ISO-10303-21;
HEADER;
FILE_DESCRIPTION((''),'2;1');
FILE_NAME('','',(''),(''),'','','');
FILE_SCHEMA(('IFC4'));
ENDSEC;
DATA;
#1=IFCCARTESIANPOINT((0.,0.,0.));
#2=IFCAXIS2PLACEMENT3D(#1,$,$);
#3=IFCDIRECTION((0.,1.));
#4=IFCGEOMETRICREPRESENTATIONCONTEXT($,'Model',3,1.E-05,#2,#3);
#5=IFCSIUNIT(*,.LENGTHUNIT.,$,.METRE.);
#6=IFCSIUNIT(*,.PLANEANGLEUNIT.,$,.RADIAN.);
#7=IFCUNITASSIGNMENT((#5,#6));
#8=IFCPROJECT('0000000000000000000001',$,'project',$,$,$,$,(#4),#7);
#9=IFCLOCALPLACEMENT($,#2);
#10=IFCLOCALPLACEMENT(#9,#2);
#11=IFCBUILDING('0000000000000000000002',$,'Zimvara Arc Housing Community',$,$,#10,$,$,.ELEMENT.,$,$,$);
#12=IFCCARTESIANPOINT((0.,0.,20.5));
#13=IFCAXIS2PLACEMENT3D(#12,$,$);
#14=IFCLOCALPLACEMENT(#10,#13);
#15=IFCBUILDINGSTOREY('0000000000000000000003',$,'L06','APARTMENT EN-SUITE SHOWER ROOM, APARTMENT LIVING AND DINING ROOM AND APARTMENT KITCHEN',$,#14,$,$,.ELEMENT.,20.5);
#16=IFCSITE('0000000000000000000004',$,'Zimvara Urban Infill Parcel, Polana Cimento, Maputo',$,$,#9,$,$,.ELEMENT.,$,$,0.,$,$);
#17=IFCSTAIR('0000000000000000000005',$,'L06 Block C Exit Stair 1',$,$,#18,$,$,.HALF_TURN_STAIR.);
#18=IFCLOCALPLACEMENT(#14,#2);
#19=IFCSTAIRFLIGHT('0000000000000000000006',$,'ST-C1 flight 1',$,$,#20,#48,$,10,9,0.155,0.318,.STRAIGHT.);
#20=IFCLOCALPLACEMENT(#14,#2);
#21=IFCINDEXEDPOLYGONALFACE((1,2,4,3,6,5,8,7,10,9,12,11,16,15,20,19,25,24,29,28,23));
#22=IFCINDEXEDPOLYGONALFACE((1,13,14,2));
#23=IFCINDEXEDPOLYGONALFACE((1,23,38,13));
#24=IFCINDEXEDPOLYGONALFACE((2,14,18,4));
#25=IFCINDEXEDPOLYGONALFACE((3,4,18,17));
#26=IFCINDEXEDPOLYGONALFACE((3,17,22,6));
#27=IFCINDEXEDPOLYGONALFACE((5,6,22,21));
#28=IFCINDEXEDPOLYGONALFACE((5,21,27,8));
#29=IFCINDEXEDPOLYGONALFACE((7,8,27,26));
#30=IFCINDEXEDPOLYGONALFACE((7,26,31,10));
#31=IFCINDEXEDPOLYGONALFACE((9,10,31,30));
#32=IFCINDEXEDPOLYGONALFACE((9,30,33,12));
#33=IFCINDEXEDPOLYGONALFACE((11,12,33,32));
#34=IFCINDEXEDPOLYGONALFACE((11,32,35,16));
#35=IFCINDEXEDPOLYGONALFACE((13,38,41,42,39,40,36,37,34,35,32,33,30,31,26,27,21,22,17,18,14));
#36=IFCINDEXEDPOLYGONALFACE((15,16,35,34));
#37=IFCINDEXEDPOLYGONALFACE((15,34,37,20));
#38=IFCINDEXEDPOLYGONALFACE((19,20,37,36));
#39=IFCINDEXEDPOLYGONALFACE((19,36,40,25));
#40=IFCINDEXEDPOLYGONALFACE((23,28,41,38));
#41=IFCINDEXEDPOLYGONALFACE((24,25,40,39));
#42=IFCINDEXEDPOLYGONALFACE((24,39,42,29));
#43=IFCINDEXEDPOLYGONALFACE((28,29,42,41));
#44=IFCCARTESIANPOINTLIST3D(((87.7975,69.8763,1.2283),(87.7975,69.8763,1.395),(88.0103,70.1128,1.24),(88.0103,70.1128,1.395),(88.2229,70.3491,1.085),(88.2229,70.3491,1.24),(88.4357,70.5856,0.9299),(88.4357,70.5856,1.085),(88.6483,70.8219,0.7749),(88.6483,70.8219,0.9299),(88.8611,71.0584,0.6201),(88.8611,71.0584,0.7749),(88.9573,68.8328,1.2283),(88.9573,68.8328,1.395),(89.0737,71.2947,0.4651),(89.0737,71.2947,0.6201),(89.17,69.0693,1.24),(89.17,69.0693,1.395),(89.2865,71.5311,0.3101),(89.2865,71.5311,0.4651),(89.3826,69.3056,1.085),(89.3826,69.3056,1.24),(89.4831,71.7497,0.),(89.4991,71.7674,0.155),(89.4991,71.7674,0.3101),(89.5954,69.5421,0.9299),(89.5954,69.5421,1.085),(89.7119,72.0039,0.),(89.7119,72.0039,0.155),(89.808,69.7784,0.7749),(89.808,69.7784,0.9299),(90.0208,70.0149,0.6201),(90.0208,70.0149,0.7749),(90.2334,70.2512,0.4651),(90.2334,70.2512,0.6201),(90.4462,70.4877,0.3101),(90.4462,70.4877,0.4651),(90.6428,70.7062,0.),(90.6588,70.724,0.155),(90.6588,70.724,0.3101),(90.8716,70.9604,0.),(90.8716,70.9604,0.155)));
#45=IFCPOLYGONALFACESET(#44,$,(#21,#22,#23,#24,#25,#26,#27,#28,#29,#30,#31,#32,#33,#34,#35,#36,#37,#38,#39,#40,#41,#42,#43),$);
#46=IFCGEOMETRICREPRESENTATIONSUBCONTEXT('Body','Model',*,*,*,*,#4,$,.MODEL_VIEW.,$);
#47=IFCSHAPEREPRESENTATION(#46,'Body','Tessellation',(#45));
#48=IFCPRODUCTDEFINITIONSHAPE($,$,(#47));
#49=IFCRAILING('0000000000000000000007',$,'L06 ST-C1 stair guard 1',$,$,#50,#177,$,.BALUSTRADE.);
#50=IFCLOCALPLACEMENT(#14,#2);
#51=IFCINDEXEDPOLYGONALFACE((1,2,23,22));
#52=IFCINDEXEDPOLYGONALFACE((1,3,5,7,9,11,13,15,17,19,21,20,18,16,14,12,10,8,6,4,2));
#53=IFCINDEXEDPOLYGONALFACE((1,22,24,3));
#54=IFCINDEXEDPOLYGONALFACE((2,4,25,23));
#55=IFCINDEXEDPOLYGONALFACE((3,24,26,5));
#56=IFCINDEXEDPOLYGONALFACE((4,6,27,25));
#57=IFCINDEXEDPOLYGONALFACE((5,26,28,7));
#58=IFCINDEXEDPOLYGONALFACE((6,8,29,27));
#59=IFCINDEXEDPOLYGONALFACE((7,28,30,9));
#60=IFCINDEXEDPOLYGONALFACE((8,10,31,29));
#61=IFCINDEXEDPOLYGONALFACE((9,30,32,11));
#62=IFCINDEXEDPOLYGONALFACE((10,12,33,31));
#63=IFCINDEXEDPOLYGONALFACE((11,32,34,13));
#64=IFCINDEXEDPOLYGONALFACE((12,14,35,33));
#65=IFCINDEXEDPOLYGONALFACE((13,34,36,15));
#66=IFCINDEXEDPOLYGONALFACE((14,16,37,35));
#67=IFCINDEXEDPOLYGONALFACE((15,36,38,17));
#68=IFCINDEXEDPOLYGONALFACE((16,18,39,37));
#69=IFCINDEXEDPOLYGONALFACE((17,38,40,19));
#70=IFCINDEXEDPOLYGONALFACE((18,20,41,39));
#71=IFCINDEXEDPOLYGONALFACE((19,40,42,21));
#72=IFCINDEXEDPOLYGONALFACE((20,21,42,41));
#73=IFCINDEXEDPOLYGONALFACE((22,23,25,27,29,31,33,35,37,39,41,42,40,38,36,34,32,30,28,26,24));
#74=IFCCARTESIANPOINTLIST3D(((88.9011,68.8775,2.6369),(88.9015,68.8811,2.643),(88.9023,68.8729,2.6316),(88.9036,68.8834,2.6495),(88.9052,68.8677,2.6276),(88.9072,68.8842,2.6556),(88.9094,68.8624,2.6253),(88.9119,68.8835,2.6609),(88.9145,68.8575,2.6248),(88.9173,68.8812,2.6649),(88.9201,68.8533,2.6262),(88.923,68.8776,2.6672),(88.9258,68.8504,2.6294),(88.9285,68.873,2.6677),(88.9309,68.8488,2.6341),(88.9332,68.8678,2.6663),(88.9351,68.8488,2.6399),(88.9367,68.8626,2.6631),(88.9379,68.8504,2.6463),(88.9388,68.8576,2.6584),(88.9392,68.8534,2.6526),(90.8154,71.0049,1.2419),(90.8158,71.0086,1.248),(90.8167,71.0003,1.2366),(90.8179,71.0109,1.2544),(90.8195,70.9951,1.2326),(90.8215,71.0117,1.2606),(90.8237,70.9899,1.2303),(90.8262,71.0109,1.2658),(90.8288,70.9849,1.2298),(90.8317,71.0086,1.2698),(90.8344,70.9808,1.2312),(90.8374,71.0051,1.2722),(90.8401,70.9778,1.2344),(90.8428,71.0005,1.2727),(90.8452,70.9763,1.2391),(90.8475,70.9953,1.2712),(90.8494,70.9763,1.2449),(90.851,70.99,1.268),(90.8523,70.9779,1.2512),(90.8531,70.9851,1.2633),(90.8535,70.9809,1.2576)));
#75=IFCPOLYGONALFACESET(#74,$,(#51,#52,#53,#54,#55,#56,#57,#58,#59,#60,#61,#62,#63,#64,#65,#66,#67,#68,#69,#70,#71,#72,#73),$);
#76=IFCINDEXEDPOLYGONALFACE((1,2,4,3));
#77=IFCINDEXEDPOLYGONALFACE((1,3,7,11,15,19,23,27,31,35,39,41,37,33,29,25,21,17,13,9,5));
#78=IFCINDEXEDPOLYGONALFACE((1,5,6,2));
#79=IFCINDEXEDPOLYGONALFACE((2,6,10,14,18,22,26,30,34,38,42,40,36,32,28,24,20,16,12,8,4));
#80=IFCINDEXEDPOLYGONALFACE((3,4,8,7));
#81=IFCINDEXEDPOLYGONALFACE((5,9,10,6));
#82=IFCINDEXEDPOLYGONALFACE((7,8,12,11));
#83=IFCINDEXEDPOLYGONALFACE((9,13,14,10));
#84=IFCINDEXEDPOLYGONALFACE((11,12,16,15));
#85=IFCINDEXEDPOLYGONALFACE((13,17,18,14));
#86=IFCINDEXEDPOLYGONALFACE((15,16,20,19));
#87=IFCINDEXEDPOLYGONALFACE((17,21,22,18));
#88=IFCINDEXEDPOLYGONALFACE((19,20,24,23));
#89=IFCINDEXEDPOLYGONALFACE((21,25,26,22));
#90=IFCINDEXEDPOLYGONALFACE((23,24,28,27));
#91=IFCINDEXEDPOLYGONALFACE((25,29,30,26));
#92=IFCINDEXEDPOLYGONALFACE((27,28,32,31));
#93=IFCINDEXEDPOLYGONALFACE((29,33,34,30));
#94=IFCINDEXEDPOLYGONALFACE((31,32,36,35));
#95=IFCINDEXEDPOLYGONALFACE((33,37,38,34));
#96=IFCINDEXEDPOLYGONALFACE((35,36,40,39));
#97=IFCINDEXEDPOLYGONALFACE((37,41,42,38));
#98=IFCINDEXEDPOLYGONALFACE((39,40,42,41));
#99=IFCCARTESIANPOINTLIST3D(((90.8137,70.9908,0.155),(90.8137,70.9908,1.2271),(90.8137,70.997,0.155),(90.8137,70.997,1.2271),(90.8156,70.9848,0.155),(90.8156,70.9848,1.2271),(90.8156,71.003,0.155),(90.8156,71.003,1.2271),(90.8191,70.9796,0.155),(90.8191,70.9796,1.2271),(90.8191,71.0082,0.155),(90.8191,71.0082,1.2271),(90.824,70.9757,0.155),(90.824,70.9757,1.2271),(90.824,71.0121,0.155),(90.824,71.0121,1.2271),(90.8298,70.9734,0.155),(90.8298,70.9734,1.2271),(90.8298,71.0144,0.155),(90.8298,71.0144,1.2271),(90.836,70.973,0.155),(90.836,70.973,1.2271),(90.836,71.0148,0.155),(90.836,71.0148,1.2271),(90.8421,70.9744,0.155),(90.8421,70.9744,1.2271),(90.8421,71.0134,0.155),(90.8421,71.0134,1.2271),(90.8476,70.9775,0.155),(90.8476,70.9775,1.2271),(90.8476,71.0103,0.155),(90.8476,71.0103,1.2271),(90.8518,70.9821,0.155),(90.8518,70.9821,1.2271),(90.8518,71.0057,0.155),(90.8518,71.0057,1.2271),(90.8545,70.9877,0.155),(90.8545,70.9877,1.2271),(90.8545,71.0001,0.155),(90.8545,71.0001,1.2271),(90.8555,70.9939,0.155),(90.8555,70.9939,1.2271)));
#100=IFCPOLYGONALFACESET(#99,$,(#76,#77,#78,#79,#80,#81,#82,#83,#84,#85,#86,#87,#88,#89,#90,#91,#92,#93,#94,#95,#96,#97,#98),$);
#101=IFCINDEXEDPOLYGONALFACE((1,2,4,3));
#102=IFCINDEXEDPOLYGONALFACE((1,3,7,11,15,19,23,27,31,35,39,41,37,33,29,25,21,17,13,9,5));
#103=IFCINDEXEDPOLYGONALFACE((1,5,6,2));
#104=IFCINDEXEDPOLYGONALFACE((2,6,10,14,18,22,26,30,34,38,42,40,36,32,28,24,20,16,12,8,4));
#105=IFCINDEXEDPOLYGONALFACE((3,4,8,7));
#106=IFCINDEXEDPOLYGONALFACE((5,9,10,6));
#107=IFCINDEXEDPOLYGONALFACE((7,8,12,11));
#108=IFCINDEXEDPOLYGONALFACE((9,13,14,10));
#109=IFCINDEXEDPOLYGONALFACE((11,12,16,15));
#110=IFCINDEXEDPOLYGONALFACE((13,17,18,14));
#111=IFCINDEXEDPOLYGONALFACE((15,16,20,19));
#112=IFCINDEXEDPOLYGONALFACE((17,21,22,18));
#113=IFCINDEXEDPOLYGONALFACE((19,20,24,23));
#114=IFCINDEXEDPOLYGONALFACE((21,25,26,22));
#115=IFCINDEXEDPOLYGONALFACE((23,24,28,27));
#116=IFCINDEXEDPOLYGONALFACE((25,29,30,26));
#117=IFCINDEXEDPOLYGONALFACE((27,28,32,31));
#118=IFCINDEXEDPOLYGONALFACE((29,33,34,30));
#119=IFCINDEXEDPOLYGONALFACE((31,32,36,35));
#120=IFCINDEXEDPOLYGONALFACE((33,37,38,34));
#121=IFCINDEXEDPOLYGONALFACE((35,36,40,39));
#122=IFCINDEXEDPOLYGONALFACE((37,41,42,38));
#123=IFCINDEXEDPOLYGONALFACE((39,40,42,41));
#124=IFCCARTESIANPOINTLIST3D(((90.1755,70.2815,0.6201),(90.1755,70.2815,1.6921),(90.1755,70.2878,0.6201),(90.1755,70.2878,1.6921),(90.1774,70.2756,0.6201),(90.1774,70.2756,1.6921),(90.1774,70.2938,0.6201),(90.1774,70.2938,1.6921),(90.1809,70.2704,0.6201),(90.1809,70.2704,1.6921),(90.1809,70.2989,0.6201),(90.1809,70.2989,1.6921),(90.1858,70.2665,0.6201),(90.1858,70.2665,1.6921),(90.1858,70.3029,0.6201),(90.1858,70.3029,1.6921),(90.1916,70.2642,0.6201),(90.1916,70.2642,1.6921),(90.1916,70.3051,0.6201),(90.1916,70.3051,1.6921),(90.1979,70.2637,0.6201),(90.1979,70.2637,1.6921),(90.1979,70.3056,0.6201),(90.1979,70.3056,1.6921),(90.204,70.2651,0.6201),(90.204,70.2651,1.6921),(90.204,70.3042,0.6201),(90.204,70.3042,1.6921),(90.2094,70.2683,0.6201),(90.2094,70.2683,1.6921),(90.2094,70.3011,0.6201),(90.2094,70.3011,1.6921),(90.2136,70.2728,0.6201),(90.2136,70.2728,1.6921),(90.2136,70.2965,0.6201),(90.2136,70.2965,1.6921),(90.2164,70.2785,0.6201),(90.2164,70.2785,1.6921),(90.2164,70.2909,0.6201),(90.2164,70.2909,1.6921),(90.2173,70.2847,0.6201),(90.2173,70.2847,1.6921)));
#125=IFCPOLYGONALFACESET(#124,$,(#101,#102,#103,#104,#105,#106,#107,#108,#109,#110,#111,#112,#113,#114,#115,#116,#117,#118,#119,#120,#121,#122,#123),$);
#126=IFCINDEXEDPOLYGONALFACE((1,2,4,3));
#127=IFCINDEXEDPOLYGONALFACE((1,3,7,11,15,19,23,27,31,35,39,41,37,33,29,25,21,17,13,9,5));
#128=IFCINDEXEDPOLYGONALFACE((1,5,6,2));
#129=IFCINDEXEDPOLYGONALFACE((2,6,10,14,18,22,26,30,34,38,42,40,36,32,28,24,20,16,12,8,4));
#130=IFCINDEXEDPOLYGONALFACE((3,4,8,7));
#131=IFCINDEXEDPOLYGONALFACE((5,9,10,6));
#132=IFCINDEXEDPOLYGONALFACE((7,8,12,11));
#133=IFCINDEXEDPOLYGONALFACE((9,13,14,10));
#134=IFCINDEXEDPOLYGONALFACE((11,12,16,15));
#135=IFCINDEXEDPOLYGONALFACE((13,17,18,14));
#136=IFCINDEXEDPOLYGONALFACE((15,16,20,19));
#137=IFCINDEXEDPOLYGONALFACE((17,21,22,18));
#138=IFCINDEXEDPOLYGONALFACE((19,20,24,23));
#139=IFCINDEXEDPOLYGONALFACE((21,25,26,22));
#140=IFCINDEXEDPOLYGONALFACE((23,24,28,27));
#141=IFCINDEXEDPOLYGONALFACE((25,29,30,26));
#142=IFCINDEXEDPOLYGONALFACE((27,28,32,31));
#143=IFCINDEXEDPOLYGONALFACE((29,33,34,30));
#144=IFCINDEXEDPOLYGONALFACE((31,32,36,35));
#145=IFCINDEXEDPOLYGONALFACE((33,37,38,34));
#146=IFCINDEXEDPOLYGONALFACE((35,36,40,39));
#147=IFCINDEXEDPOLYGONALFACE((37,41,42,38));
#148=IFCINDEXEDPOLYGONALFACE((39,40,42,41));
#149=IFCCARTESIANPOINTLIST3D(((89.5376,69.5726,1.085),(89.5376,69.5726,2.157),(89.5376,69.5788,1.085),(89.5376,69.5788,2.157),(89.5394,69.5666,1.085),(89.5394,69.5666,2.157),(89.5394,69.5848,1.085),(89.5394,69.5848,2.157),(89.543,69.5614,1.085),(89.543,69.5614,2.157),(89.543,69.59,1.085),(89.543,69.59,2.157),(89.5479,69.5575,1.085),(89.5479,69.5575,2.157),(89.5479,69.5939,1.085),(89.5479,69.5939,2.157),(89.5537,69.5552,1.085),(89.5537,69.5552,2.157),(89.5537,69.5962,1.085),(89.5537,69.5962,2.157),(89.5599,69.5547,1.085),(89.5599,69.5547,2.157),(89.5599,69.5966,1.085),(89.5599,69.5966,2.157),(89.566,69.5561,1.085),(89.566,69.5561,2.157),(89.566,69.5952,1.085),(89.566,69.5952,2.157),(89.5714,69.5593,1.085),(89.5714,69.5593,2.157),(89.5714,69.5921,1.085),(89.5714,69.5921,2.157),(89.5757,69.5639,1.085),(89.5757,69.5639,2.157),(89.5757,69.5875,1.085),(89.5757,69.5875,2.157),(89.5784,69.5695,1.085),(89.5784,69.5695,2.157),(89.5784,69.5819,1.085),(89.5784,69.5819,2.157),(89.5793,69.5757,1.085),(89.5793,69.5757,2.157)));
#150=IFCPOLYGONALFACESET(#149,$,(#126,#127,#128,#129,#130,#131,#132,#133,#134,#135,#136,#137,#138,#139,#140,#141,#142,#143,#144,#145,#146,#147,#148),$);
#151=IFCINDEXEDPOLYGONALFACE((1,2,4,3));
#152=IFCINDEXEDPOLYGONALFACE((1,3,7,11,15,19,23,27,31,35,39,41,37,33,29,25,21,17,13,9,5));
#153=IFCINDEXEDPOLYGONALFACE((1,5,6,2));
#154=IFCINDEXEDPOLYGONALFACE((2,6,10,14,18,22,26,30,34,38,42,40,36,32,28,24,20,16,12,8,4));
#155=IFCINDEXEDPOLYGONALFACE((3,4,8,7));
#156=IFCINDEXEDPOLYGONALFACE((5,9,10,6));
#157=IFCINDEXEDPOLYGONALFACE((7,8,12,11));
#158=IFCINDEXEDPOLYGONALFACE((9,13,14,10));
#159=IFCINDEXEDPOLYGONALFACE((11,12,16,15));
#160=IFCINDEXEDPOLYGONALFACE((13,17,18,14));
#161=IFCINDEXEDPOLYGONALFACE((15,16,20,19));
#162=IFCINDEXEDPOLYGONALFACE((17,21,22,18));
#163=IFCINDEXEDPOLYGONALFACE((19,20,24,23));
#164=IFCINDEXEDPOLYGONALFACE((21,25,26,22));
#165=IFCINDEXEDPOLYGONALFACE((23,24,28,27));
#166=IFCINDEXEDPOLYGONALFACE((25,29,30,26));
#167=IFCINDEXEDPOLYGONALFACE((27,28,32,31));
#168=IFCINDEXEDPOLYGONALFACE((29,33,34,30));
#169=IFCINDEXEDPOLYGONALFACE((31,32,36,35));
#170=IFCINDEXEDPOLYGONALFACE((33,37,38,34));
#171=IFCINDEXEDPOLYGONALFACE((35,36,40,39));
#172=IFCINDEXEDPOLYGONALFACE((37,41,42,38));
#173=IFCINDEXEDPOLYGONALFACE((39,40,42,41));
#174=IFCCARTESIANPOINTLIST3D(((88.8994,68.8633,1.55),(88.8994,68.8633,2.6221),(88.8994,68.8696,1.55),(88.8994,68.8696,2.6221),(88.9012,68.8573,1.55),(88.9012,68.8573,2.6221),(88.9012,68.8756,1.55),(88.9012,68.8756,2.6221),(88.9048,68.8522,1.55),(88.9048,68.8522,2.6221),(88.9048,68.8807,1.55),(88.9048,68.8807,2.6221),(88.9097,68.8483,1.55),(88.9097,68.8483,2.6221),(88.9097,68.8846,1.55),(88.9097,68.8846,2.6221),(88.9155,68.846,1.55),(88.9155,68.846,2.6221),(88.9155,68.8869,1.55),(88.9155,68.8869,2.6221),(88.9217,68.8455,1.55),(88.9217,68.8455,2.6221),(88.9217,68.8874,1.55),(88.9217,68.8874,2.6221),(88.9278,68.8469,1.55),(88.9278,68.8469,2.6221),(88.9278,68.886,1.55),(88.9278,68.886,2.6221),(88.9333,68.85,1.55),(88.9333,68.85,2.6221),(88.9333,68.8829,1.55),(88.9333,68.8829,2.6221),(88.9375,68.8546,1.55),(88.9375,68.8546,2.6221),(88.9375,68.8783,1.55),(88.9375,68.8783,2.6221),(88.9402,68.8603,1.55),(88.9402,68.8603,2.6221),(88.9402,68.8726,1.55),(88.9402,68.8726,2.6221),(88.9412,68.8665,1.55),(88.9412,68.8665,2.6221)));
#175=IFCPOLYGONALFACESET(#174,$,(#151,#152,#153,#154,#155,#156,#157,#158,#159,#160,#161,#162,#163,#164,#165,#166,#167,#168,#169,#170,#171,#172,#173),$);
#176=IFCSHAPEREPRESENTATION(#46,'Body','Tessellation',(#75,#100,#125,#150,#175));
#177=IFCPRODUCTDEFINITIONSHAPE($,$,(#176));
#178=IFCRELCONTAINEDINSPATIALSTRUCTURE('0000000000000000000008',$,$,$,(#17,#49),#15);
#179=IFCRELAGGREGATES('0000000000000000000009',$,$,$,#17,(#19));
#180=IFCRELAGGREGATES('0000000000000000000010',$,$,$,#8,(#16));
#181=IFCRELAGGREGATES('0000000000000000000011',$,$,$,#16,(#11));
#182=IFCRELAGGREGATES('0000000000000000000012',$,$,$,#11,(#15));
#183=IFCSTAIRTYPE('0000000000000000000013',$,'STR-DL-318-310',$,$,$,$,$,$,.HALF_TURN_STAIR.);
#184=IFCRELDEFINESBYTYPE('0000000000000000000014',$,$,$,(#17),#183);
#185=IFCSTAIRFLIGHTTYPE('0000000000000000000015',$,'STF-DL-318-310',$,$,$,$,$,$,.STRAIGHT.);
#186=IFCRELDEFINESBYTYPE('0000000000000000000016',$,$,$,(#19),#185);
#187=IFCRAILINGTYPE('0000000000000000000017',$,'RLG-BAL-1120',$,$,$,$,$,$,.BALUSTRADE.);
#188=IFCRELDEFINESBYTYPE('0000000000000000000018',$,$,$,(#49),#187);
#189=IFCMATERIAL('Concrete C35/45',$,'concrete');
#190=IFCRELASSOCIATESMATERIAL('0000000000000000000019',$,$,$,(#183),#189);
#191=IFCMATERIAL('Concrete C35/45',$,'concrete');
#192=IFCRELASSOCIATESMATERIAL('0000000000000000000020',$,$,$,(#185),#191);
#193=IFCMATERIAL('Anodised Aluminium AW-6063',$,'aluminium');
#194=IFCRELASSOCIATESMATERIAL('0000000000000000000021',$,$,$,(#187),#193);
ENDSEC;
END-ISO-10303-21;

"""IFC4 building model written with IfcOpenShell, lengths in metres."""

from ifc_helpers import new_model, si_unit, direction, frame, origin, origin_2d, place, context, subcontext, project, spatial, polyline, circle, outline, extrude, material, type_object, element, aggregate, save


model = new_model("IFC4")

# Units and contexts
model_context = context("Model", 3, precision=1e-05, world=origin(), true_north=direction((0.0, 1.0)))
body_context = subcontext(model_context, "Body", "Model", "MODEL_VIEW")
ifc_project = project(units=[si_unit("LENGTHUNIT", "METRE"), si_unit("PLANEANGLEUNIT", "RADIAN")], contexts=[model_context])

# Site, building, storey
site_placement = place(None, origin())
site = spatial("IfcSite", under=ifc_project, at=site_placement, Name="Zimvara Urban Infill Parcel, Polana Cimento, Maputo", CompositionType="ELEMENT", RefElevation=0.0)
building_placement = place(site_placement, origin())
building = spatial("IfcBuilding", under=site, at=building_placement, Name="Zimvara Arc Housing Community", CompositionType="ELEMENT")
storey_placement = place(building_placement, frame((0.0, 0.0, 20.5)))
storey = spatial("IfcBuildingStorey", under=building, at=storey_placement, Name="L06", Description="APARTMENT EN-SUITE SHOWER ROOM, APARTMENT LIVING AND DINING ROOM AND APARTMENT KITCHEN", CompositionType="ELEMENT", Elevation=20.5)

# Stair, stair flight
ifc_material_1 = material(Name="Concrete C35/45", Category="concrete")
stair_type = type_object("IfcStairType", Name="STR-DL-318-310", PredefinedType="HALF_TURN_STAIR", material=ifc_material_1)
stair_placement = place(storey_placement, origin())
stair = element("IfcStair", 1, at=stair_placement, inside=storey, type_object=stair_type, Name="L06 Block C Exit Stair 1", PredefinedType="HALF_TURN_STAIR")
ifc_material_2 = material(Name="Concrete C35/45", Category="concrete")
stair_flight_type = type_object("IfcStairFlightType", Name="STF-DL-318-310", PredefinedType="STRAIGHT", material=ifc_material_2)
stair_flight_placement = place(storey_placement, frame((90.2917, 71.4822, 0.0), z_axis=(0.0, 0.0, 1.0), x_axis=(-0.668871, -0.743378, 0.0)))
stair_flight = element("IfcStairFlight", 2, at=stair_flight_placement, type_object=stair_flight_type, Name="ST-C1 flight 1", NumberOfRisers=10, NumberOfTreads=9, PredefinedType="STRAIGHT", RiserHeight=0.155, TreadLength=0.318, context=body_context, shape_type="SweptSolid", body=[
    extrude(outline(polyline([(0.0, 0.0), (0.0, 0.155), (0.3181, 0.155), (0.3181, 0.3101), (0.636, 0.3101), (0.636, 0.4651), (0.9541, 0.4651), (0.9541, 0.6201), (1.272, 0.6201), (1.272, 0.7749), (1.5901, 0.7749), (1.5901, 0.9299), (1.908, 0.9299), (1.908, 1.085), (2.2261, 1.085), (2.2261, 1.24), (2.5439, 1.24), (2.5439, 1.395), (2.8621, 1.395), (2.8621, 1.55), (2.8621, 1.2283), (0.342, 0.0), (0.0, 0.0)])), frame((0.0, 0.78, 0.0), z_axis=(0.0, -1.0, 0.0), x_axis=(1.0, 0.0, 0.0)), (0.0, 0.0, 1.0), 1.5601),
])
aggregate(stair, [stair_flight])

# Railing
ifc_material_3 = material(Name="Anodised Aluminium AW-6063", Category="aluminium")
railing_type_1 = type_object("IfcRailingType", Name="RLG-BAL-1120", PredefinedType="BALUSTRADE", material=ifc_material_3)
railing_1_placement = place(storey_placement, frame((90.8345, 70.9939, 0.155)))
element("IfcRailing", 3, at=railing_1_placement, inside=storey, type_object=railing_type_1, Name="L06 ST-C1 stair guard 1", PredefinedType="BALUSTRADE", context=body_context, shape_type="SweptSolid", body=[
    extrude(circle(Radius=0.0239, at=origin_2d()), frame((0.0, 0.0, 1.0962), z_axis=(-0.601263, -0.668206, 0.43816), x_axis=(0.743362, -0.668889, 0.0)), (0.0, 0.0, 1.0), 3.1838),
    extrude(circle(Radius=0.021, at=origin_2d()), origin(), (0.0, 0.0, 1.0), 1.072),
    extrude(circle(Radius=0.021, at=origin_2d()), frame((-0.6382, -0.7092, 0.4651)), (0.0, 0.0, 1.0), 1.072),
    extrude(circle(Radius=0.021, at=origin_2d()), frame((-1.2761, -1.4182, 0.9299)), (0.0, 0.0, 1.0), 1.072),
    extrude(circle(Radius=0.021, at=origin_2d()), frame((-1.9143, -2.1274, 1.395)), (0.0, 0.0, 1.0), 1.072),
])

save(model, "model.ifc")
